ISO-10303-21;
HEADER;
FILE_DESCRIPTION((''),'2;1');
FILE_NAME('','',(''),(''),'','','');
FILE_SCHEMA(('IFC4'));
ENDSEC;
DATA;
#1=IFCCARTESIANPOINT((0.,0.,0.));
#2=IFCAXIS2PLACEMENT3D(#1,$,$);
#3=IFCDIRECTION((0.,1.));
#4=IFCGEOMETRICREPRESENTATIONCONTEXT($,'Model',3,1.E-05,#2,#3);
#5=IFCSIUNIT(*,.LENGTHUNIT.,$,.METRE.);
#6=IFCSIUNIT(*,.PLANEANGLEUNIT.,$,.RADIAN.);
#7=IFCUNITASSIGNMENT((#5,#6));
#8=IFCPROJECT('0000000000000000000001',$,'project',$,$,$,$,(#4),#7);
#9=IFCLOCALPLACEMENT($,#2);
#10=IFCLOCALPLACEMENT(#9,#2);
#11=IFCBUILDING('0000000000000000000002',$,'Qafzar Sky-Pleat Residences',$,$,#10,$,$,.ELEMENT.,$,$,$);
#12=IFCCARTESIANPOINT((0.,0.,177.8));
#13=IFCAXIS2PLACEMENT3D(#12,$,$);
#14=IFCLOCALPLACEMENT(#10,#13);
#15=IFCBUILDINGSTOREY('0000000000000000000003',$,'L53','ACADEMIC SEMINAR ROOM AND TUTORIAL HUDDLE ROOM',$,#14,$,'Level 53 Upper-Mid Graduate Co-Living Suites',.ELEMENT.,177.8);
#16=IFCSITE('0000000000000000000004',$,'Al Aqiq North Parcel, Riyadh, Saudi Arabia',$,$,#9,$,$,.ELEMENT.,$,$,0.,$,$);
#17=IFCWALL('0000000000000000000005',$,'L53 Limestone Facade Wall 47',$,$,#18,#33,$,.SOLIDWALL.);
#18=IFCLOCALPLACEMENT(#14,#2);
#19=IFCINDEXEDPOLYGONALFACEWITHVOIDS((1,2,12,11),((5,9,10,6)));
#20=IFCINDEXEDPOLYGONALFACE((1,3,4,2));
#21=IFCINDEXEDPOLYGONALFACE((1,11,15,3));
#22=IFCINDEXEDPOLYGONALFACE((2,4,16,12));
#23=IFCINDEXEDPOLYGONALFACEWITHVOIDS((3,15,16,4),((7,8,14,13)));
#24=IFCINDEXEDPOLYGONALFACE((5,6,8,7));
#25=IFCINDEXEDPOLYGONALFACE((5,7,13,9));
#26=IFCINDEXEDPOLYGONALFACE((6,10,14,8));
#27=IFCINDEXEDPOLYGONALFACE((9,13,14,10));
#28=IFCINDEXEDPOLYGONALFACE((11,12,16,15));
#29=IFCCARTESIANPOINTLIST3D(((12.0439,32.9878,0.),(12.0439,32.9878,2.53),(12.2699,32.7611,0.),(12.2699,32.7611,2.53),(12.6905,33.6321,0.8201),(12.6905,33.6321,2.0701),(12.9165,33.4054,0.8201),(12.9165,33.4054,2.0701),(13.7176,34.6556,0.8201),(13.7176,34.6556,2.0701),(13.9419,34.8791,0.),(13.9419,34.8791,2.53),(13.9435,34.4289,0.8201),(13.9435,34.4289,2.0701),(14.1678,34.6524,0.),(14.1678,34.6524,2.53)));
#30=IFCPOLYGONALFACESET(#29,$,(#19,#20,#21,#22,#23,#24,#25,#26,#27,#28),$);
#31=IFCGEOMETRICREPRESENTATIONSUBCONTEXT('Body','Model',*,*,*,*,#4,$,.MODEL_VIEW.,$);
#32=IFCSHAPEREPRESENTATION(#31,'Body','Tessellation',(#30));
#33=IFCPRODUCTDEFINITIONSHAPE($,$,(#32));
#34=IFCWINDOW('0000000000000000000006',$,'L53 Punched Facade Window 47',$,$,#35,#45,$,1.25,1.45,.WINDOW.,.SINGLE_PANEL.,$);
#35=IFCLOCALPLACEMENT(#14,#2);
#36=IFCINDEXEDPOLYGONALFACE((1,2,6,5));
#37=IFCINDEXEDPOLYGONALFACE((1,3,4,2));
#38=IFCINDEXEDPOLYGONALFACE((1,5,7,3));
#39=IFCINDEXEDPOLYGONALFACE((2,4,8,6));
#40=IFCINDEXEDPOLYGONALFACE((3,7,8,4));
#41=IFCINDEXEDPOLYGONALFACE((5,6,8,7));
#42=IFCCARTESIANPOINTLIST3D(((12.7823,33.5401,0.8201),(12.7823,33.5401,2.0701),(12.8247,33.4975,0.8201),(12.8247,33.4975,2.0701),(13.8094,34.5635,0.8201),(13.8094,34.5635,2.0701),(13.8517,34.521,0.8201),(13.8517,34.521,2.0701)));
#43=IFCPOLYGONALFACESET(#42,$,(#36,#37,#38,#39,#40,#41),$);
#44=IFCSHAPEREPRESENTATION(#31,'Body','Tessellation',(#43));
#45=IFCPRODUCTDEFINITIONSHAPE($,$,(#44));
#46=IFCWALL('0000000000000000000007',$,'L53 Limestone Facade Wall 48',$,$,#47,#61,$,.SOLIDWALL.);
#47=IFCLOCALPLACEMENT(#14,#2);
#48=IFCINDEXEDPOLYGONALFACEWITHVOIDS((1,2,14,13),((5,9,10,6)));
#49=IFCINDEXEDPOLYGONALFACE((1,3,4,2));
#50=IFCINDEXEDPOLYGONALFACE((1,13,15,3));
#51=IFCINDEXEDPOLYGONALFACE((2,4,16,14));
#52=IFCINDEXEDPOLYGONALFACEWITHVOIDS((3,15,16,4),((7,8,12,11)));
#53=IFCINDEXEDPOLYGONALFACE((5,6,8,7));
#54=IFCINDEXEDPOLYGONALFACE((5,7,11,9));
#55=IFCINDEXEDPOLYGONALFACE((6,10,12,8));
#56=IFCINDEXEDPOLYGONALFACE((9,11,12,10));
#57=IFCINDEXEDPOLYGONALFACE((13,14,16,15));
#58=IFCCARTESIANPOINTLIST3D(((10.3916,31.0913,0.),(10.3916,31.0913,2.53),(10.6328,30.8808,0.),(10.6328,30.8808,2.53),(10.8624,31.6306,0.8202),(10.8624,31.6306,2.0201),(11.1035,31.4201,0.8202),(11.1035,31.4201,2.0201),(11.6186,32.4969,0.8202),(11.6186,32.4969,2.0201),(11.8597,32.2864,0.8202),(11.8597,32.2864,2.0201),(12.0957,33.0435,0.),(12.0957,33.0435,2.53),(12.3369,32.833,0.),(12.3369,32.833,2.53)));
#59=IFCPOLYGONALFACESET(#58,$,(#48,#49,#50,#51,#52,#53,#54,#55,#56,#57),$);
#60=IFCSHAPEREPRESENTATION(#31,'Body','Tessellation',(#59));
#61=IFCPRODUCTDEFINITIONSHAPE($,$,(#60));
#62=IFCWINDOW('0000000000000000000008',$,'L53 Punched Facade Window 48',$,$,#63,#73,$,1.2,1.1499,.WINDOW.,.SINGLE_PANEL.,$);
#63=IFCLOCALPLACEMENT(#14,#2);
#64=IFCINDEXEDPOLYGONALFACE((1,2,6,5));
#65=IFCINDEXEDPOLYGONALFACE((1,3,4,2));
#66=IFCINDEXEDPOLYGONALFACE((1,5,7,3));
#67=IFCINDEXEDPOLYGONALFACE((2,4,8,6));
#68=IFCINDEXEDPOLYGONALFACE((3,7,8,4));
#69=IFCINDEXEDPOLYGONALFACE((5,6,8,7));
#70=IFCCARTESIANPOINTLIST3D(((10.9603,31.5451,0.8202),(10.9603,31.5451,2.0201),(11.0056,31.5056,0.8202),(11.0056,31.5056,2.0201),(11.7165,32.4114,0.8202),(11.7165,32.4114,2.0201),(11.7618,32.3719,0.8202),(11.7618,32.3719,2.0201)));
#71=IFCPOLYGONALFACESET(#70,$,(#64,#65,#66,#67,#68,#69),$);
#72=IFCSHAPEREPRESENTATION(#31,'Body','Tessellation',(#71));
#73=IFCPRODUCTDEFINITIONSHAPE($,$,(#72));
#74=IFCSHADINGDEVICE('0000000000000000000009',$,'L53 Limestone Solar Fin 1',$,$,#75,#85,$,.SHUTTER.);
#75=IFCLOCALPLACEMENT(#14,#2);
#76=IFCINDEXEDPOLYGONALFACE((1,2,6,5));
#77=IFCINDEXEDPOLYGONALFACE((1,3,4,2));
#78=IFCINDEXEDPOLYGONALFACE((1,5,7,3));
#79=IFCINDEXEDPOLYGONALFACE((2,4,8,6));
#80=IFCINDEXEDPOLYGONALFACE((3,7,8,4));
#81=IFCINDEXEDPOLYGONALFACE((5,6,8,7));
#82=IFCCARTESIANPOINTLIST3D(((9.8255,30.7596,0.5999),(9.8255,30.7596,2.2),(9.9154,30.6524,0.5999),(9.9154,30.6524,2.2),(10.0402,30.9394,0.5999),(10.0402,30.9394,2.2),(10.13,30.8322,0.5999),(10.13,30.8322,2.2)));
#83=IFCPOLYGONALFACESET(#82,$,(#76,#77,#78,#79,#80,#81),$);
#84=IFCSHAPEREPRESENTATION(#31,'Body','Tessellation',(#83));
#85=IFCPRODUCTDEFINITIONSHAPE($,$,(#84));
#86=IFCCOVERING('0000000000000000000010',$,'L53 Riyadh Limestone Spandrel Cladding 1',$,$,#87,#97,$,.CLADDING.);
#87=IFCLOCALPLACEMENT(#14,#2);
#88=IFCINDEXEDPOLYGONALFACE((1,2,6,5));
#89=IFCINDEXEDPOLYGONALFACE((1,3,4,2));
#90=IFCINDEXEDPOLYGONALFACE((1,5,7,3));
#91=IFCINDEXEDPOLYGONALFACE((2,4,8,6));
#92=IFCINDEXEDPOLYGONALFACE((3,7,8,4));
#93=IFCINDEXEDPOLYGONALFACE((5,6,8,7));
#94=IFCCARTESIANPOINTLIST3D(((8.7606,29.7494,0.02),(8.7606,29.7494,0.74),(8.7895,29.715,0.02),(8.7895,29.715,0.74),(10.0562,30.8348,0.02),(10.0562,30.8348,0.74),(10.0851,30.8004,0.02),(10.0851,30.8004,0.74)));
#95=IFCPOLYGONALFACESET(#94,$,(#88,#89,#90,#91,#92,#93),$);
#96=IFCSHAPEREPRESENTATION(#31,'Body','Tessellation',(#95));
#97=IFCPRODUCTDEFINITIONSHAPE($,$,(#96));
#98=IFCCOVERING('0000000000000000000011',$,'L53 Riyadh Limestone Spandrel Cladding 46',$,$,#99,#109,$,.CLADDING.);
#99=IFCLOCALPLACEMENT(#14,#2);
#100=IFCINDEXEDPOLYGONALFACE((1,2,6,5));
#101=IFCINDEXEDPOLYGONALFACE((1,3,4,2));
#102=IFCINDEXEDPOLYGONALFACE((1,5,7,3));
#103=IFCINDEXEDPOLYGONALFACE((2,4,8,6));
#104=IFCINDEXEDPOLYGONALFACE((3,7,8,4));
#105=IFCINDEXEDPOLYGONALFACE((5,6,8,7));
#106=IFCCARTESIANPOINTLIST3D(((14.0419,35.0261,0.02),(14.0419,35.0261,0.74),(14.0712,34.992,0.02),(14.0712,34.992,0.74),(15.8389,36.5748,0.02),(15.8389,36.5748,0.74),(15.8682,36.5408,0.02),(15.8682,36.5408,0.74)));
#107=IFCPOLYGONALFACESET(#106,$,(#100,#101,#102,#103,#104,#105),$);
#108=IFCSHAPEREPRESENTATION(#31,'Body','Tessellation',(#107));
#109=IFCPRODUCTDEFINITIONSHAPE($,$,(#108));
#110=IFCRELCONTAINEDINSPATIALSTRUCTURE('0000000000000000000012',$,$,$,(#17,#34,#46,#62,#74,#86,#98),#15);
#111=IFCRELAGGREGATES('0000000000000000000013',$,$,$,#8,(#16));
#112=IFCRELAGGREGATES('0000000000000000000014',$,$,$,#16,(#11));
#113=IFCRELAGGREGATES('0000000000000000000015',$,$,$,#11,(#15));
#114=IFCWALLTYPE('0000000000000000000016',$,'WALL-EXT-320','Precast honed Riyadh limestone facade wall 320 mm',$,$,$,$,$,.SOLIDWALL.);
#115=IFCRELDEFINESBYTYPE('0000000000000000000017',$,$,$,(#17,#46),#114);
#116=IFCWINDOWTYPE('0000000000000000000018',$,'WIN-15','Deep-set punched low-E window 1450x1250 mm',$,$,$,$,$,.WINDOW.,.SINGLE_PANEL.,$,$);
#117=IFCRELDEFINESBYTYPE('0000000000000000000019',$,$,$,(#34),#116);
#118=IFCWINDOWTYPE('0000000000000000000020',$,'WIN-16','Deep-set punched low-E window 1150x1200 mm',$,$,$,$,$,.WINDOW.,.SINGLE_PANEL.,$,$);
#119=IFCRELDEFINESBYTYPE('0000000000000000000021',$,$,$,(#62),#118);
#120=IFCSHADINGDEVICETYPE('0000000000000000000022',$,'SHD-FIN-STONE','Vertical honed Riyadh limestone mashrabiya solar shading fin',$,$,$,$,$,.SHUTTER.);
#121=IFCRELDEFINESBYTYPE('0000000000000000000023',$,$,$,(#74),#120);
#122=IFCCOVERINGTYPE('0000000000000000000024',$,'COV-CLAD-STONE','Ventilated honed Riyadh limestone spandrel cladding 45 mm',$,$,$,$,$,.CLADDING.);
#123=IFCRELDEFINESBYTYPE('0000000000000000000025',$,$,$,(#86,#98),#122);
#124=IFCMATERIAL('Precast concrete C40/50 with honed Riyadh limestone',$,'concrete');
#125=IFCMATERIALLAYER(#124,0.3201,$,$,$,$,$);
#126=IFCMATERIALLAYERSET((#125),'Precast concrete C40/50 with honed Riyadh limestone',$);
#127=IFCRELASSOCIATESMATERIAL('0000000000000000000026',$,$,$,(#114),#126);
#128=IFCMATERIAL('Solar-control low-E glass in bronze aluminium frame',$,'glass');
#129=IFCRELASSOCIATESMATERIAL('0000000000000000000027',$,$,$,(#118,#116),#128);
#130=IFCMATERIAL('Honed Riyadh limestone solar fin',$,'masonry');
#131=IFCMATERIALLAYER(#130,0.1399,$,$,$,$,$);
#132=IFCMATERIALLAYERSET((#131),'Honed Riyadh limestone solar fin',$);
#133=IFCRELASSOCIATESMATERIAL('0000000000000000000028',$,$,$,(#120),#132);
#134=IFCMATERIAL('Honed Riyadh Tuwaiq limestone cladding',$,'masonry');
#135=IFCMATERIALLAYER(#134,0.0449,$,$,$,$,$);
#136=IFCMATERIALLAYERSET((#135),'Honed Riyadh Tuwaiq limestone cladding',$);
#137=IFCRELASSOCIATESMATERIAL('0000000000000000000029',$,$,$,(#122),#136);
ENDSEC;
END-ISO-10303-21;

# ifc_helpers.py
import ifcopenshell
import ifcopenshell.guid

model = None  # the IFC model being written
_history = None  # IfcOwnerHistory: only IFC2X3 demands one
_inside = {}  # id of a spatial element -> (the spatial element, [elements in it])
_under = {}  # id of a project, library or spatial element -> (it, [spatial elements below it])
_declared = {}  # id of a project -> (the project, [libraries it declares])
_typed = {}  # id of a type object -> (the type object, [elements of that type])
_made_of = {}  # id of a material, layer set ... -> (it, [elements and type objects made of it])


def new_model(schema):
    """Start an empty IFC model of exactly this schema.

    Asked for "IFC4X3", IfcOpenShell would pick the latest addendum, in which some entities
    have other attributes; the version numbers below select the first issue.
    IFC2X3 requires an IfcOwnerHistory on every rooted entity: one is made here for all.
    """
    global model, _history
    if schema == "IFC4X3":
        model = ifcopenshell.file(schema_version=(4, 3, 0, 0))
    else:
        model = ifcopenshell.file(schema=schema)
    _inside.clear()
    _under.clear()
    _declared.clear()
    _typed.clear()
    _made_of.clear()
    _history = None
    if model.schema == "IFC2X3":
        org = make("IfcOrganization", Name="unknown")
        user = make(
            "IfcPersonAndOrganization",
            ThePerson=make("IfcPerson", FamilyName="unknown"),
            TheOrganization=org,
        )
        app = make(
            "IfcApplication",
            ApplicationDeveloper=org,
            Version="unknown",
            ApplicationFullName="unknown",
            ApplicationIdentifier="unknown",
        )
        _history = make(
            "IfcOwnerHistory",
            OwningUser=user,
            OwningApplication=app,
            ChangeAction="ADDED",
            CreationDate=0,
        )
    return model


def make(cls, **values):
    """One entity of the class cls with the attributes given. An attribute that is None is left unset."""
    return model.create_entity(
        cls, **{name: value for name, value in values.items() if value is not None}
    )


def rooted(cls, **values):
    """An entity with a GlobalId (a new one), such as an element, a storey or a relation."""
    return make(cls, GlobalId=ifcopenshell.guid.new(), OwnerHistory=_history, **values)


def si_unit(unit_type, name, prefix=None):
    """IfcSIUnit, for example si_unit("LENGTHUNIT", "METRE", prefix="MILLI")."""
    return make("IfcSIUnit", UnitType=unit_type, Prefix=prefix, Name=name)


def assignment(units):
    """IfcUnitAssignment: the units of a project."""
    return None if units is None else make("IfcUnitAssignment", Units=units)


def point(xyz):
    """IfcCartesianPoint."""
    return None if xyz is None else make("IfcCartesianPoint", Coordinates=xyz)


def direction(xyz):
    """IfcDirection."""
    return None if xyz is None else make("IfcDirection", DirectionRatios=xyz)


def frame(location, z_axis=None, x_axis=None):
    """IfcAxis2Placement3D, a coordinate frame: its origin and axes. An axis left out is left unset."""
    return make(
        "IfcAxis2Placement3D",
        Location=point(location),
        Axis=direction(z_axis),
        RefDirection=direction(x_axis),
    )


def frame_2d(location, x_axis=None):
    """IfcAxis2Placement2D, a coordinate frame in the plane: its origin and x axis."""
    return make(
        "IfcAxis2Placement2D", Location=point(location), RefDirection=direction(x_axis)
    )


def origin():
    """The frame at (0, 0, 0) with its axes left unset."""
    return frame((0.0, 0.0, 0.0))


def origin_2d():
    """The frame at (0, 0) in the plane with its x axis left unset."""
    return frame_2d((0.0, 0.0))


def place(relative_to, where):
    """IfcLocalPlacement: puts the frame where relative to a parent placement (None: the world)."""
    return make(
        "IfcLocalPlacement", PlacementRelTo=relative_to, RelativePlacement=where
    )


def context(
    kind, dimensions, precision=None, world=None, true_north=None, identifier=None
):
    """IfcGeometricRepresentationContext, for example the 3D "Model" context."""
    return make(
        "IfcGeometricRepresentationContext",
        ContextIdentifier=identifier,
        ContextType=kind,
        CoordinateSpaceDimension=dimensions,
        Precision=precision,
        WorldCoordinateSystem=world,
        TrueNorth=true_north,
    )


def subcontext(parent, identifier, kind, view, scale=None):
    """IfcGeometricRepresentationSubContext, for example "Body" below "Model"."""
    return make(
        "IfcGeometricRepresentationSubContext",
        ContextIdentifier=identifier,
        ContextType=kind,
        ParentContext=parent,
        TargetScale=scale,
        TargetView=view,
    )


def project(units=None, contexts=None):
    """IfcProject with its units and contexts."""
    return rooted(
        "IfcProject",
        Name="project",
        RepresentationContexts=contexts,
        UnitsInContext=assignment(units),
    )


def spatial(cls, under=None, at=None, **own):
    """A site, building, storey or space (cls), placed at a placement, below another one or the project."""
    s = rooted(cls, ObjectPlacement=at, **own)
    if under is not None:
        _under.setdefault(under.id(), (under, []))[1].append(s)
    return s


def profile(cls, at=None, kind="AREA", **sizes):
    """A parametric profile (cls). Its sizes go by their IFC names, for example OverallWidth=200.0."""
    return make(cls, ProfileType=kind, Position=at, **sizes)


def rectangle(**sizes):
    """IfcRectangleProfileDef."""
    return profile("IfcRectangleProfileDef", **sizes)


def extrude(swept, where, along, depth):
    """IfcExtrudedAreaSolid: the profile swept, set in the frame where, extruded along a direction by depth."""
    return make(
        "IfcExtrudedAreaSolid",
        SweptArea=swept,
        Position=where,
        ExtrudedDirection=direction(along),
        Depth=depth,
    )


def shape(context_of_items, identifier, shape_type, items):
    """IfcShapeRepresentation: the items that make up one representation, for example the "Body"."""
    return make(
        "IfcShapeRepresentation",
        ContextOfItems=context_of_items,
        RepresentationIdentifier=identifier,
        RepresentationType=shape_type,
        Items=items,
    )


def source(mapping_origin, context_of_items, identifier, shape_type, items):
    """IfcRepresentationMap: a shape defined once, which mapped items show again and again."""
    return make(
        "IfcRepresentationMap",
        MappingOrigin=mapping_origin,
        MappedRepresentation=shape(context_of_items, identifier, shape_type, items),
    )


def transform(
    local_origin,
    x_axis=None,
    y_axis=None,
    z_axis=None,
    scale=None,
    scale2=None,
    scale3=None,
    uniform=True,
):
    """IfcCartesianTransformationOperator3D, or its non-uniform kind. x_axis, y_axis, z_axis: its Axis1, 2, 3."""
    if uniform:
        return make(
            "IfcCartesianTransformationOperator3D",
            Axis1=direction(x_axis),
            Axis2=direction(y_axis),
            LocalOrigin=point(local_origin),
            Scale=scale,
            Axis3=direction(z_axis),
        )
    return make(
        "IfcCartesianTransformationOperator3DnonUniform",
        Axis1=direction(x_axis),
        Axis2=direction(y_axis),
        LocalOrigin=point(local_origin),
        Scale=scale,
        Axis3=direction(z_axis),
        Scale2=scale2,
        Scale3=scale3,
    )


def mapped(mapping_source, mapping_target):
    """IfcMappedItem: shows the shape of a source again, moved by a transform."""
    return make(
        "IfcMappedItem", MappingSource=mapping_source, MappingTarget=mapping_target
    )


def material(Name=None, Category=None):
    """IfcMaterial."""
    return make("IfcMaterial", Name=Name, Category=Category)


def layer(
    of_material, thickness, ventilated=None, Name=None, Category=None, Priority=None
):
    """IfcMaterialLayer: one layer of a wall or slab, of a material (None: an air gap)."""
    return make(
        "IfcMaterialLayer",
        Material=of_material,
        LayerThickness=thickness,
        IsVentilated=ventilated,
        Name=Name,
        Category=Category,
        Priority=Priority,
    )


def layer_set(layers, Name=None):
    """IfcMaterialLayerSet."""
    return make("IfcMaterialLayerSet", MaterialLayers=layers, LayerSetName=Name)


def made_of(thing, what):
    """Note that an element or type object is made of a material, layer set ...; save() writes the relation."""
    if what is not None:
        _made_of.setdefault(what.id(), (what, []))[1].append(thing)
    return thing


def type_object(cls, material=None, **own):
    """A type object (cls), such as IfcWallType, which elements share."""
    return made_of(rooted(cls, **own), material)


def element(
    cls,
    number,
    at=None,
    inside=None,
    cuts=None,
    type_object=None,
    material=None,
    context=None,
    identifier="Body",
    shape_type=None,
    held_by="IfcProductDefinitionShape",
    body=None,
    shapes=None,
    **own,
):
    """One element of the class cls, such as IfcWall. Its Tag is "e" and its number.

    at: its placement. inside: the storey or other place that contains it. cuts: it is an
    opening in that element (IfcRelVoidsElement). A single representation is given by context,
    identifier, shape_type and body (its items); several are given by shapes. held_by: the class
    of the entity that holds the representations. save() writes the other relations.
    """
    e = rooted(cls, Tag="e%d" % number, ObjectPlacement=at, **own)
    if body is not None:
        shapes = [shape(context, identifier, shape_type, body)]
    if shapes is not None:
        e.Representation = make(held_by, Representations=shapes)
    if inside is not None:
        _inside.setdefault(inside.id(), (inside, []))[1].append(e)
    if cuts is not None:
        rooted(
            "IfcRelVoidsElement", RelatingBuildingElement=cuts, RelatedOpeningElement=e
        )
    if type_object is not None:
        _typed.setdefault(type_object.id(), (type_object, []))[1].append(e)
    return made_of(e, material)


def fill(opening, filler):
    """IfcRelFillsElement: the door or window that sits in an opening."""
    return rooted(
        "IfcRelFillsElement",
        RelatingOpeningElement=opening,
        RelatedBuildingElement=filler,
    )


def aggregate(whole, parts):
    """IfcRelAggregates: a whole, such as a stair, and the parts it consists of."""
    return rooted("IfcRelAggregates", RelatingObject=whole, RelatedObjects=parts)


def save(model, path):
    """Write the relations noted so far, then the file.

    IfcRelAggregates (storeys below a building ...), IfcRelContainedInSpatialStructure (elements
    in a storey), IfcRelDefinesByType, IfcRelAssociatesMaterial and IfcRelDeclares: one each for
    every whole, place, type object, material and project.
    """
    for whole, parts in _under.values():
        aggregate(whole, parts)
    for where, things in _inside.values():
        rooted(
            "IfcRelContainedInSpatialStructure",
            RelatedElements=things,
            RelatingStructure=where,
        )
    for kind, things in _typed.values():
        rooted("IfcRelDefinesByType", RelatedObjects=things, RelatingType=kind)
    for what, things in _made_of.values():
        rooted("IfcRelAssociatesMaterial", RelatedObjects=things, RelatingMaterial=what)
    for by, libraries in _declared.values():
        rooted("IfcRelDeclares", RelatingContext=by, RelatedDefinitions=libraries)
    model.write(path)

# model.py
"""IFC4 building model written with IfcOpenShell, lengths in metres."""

from ifc_helpers import new_model, si_unit, direction, frame, frame_2d, origin, origin_2d, place, context, subcontext, project, spatial, rectangle, extrude, source, transform, mapped, material, layer, layer_set, type_object, element, fill, save


model = new_model("IFC4")

# Units and contexts
model_context = context("Model", 3, precision=1e-05, world=origin(), true_north=direction((0.0, 1.0)))
body_context = subcontext(model_context, "Body", "Model", "MODEL_VIEW")
ifc_project = project(units=[si_unit("LENGTHUNIT", "METRE"), si_unit("PLANEANGLEUNIT", "RADIAN")], contexts=[model_context])

# Site, building, storey
site_placement = place(None, origin())
site = spatial("IfcSite", under=ifc_project, at=site_placement, Name="Al Aqiq North Parcel, Riyadh, Saudi Arabia", CompositionType="ELEMENT", RefElevation=0.0)
building_placement = place(site_placement, origin())
building = spatial("IfcBuilding", under=site, at=building_placement, Name="Qafzar Sky-Pleat Residences", CompositionType="ELEMENT")
storey_placement = place(building_placement, frame((0.0, 0.0, 177.8)))
storey = spatial("IfcBuildingStorey", under=building, at=storey_placement, Name="L53", Description="ACADEMIC SEMINAR ROOM AND TUTORIAL HUDDLE ROOM", LongName="Level 53 Upper-Mid Graduate Co-Living Suites", CompositionType="ELEMENT", Elevation=177.8)

# Walls, openings, windows
ifc_material_1 = material(Name="Precast concrete C40/50 with honed Riyadh limestone", Category="concrete")
ifc_layer_1 = layer(ifc_material_1, 0.3201)
ifc_layer_set_1 = layer_set([ifc_layer_1], Name="Precast concrete C40/50 with honed Riyadh limestone")
wall_type_1 = type_object("IfcWallType", Name="WALL-EXT-320", Description="Precast honed Riyadh limestone facade wall 320 mm", PredefinedType="SOLIDWALL", material=ifc_layer_set_1)
ifc_material_2 = material(Name="Solar-control low-E glass in bronze aluminium frame", Category="glass")
window_type_1 = type_object("IfcWindowType", Name="WIN-16", Description="Deep-set punched low-E window 1150x1200 mm", PartitioningType="SINGLE_PANEL", PredefinedType="WINDOW", material=ifc_material_2)
shared_shape_1 = source(origin(), body_context, "Body", "SweptSolid", [
    extrude(rectangle(XDim=1.1499, YDim=1.2, at=frame_2d((0.575, 0.6001))), frame((0.0, 0.03, 0.0), z_axis=(0.0, -1.0, 0.0), x_axis=(1.0, 0.0, 0.0)), (0.0, 0.0, 1.0), 0.0601),
])
window_type_2 = type_object("IfcWindowType", Name="WIN-15", Description="Deep-set punched low-E window 1450x1250 mm", PartitioningType="SINGLE_PANEL", PredefinedType="WINDOW", material=ifc_material_2)
shared_shape_2 = source(origin(), body_context, "Body", "SweptSolid", [
    extrude(rectangle(XDim=1.45, YDim=1.25, at=frame_2d((0.7251, 0.625))), frame((0.0, 0.03, 0.0), z_axis=(0.0, -1.0, 0.0), x_axis=(1.0, 0.0, 0.0)), (0.0, 0.0, 1.0), 0.0601),
])
wall_1_placement = place(storey_placement, frame((14.0549, 34.7659, 0.0), z_axis=(0.0, 0.0, 1.0), x_axis=(-0.708336, -0.705876, 0.0)))
wall_1 = element("IfcWall", 1, at=wall_1_placement, inside=storey, type_object=wall_type_1, Name="L53 Limestone Facade Wall 47", PredefinedType="SOLIDWALL", context=body_context, shape_type="SweptSolid", body=[
    extrude(rectangle(XDim=2.6794, YDim=0.3201, at=frame_2d((1.3398, 0.0))), origin(), (0.0, 0.0, 1.0), 2.53),
])
opening_1_placement = place(wall_1_placement, frame((0.3167, 0.0, 0.8201)))
opening_1 = element("IfcOpeningElement", 2, at=opening_1_placement, cuts=wall_1, PredefinedType="OPENING", context=body_context, shape_type="SweptSolid", body=[
    extrude(rectangle(XDim=1.45, YDim=1.25, at=frame_2d((0.7251, 0.625))), frame((0.0, 0.1699, 0.0), z_axis=(0.0, -1.0, 0.0), x_axis=(1.0, 0.0, 0.0)), (0.0, 0.0, 1.0), 0.3401),
])
window_1_placement = place(opening_1_placement, origin())
window_1 = element("IfcWindow", 3, at=window_1_placement, inside=storey, type_object=window_type_2, Name="L53 Punched Facade Window 47", OverallHeight=1.25, OverallWidth=1.45, PartitioningType="SINGLE_PANEL", PredefinedType="WINDOW", context=body_context, shape_type="MappedRepresentation", body=[
    mapped(shared_shape_2, transform((0.0, 0.0, 0.0), x_axis=(1.0, 0.0, 0.0), y_axis=(0.0, 1.0, 0.0), z_axis=(0.0, 0.0, 1.0), scale=1.0)),
])
fill(opening_1, window_1)
wall_2_placement = place(storey_placement, frame((12.2163, 32.9382, 0.0), z_axis=(0.0, 0.0, 1.0), x_axis=(-0.657624, -0.753347, 0.0)))
wall_2 = element("IfcWall", 4, at=wall_2_placement, inside=storey, type_object=wall_type_1, Name="L53 Limestone Facade Wall 48", PredefinedType="SOLIDWALL", context=body_context, shape_type="SweptSolid", body=[
    extrude(rectangle(XDim=2.5913, YDim=0.3201, at=frame_2d((1.2957, 0.0))), origin(), (0.0, 0.0, 1.0), 2.53),
])
opening_2_placement = place(wall_2_placement, frame((0.7256, 0.0, 0.8201)))
opening_2 = element("IfcOpeningElement", 5, at=opening_2_placement, cuts=wall_2, PredefinedType="OPENING", context=body_context, shape_type="SweptSolid", body=[
    extrude(rectangle(XDim=1.1499, YDim=1.2, at=frame_2d((0.575, 0.6001))), frame((0.0, 0.1699, 0.0), z_axis=(0.0, -1.0, 0.0), x_axis=(1.0, 0.0, 0.0)), (0.0, 0.0, 1.0), 0.3401),
])
window_2_placement = place(opening_2_placement, origin())
window_2 = element("IfcWindow", 6, at=window_2_placement, inside=storey, type_object=window_type_1, Name="L53 Punched Facade Window 48", OverallHeight=1.2, OverallWidth=1.1499, PartitioningType="SINGLE_PANEL", PredefinedType="WINDOW", context=body_context, shape_type="MappedRepresentation", body=[
    mapped(shared_shape_1, transform((0.0, 0.0, 0.0), x_axis=(1.0, 0.0, 0.0), y_axis=(0.0, 1.0, 0.0), z_axis=(0.0, 0.0, 1.0), scale=1.0)),
])
fill(opening_2, window_2)

# Shading device
ifc_material_3 = material(Name="Honed Riyadh limestone solar fin", Category="masonry")
ifc_layer_2 = layer(ifc_material_3, 0.1399)
ifc_layer_set_2 = layer_set([ifc_layer_2], Name="Honed Riyadh limestone solar fin")
shading_device_type = type_object("IfcShadingDeviceType", Name="SHD-FIN-STONE", Description="Vertical honed Riyadh limestone mashrabiya solar shading fin", PredefinedType="SHUTTER", material=ifc_layer_set_2)
shared_shape_3 = source(origin(), body_context, "Body", "SweptSolid", [
    extrude(rectangle(XDim=0.1399, YDim=0.28, at=origin_2d()), origin(), (0.0, 0.0, 1.0), 1.6001),
])
shading_device_placement = place(storey_placement, frame((9.9778, 30.7959, 0.5999), z_axis=(0.0, 0.0, 1.0), x_axis=(-0.642174, 0.766559, 0.0)))
element("IfcShadingDevice", 7, at=shading_device_placement, inside=storey, type_object=shading_device_type, Name="L53 Limestone Solar Fin 1", PredefinedType="SHUTTER", context=body_context, shape_type="MappedRepresentation", body=[
    mapped(shared_shape_3, transform((0.0, 0.0, 0.0), x_axis=(1.0, 0.0, 0.0), y_axis=(0.0, 1.0, 0.0), z_axis=(0.0, 0.0, 1.0), scale=1.0)),
])

# Coverings
ifc_material_4 = material(Name="Honed Riyadh Tuwaiq limestone cladding", Category="masonry")
ifc_layer_3 = layer(ifc_material_4, 0.0449)
ifc_layer_set_3 = layer_set([ifc_layer_3], Name="Honed Riyadh Tuwaiq limestone cladding")
covering_type = type_object("IfcCoveringType", Name="COV-CLAD-STONE", Description="Ventilated honed Riyadh limestone spandrel cladding 45 mm", PredefinedType="CLADDING", material=ifc_layer_set_3)
shared_shape_4 = source(origin(), body_context, "Body", "SweptSolid", [
    extrude(rectangle(XDim=1.6902, YDim=0.0449, at=origin_2d()), origin(), (0.0, 0.0, 1.0), 0.72),
])
covering_1_placement = place(storey_placement, frame((9.4229, 30.2749, 0.02), z_axis=(0.0, 0.0, 1.0), x_axis=(-0.766556, -0.642178, 0.0)))
element("IfcCovering", 8, at=covering_1_placement, inside=storey, type_object=covering_type, Name="L53 Riyadh Limestone Spandrel Cladding 1", PredefinedType="CLADDING", context=body_context, shape_type="MappedRepresentation", body=[
    mapped(shared_shape_4, transform((0.0, 0.0, 0.0), x_axis=(1.0, 0.0, 0.0), y_axis=(0.0, 1.0, 0.0), z_axis=(0.0, 0.0, 1.0), scale=1.0)),
])
shared_shape_5 = source(origin(), body_context, "Body", "SweptSolid", [
    extrude(rectangle(XDim=2.3723, YDim=0.0449, at=origin_2d()), origin(), (0.0, 0.0, 1.0), 0.72),
])
covering_2_placement = place(storey_placement, frame((14.9551, 35.7834, 0.02), z_axis=(0.0, 0.0, 1.0), x_axis=(-0.757486, -0.652851, 0.0)))
element("IfcCovering", 9, at=covering_2_placement, inside=storey, type_object=covering_type, Name="L53 Riyadh Limestone Spandrel Cladding 46", PredefinedType="CLADDING", context=body_context, shape_type="MappedRepresentation", body=[
    mapped(shared_shape_5, transform((0.0, 0.0, 0.0), x_axis=(1.0, 0.0, 0.0), y_axis=(0.0, 1.0, 0.0), z_axis=(0.0, 0.0, 1.0), scale=1.0)),
])

save(model, "model.ifc")
